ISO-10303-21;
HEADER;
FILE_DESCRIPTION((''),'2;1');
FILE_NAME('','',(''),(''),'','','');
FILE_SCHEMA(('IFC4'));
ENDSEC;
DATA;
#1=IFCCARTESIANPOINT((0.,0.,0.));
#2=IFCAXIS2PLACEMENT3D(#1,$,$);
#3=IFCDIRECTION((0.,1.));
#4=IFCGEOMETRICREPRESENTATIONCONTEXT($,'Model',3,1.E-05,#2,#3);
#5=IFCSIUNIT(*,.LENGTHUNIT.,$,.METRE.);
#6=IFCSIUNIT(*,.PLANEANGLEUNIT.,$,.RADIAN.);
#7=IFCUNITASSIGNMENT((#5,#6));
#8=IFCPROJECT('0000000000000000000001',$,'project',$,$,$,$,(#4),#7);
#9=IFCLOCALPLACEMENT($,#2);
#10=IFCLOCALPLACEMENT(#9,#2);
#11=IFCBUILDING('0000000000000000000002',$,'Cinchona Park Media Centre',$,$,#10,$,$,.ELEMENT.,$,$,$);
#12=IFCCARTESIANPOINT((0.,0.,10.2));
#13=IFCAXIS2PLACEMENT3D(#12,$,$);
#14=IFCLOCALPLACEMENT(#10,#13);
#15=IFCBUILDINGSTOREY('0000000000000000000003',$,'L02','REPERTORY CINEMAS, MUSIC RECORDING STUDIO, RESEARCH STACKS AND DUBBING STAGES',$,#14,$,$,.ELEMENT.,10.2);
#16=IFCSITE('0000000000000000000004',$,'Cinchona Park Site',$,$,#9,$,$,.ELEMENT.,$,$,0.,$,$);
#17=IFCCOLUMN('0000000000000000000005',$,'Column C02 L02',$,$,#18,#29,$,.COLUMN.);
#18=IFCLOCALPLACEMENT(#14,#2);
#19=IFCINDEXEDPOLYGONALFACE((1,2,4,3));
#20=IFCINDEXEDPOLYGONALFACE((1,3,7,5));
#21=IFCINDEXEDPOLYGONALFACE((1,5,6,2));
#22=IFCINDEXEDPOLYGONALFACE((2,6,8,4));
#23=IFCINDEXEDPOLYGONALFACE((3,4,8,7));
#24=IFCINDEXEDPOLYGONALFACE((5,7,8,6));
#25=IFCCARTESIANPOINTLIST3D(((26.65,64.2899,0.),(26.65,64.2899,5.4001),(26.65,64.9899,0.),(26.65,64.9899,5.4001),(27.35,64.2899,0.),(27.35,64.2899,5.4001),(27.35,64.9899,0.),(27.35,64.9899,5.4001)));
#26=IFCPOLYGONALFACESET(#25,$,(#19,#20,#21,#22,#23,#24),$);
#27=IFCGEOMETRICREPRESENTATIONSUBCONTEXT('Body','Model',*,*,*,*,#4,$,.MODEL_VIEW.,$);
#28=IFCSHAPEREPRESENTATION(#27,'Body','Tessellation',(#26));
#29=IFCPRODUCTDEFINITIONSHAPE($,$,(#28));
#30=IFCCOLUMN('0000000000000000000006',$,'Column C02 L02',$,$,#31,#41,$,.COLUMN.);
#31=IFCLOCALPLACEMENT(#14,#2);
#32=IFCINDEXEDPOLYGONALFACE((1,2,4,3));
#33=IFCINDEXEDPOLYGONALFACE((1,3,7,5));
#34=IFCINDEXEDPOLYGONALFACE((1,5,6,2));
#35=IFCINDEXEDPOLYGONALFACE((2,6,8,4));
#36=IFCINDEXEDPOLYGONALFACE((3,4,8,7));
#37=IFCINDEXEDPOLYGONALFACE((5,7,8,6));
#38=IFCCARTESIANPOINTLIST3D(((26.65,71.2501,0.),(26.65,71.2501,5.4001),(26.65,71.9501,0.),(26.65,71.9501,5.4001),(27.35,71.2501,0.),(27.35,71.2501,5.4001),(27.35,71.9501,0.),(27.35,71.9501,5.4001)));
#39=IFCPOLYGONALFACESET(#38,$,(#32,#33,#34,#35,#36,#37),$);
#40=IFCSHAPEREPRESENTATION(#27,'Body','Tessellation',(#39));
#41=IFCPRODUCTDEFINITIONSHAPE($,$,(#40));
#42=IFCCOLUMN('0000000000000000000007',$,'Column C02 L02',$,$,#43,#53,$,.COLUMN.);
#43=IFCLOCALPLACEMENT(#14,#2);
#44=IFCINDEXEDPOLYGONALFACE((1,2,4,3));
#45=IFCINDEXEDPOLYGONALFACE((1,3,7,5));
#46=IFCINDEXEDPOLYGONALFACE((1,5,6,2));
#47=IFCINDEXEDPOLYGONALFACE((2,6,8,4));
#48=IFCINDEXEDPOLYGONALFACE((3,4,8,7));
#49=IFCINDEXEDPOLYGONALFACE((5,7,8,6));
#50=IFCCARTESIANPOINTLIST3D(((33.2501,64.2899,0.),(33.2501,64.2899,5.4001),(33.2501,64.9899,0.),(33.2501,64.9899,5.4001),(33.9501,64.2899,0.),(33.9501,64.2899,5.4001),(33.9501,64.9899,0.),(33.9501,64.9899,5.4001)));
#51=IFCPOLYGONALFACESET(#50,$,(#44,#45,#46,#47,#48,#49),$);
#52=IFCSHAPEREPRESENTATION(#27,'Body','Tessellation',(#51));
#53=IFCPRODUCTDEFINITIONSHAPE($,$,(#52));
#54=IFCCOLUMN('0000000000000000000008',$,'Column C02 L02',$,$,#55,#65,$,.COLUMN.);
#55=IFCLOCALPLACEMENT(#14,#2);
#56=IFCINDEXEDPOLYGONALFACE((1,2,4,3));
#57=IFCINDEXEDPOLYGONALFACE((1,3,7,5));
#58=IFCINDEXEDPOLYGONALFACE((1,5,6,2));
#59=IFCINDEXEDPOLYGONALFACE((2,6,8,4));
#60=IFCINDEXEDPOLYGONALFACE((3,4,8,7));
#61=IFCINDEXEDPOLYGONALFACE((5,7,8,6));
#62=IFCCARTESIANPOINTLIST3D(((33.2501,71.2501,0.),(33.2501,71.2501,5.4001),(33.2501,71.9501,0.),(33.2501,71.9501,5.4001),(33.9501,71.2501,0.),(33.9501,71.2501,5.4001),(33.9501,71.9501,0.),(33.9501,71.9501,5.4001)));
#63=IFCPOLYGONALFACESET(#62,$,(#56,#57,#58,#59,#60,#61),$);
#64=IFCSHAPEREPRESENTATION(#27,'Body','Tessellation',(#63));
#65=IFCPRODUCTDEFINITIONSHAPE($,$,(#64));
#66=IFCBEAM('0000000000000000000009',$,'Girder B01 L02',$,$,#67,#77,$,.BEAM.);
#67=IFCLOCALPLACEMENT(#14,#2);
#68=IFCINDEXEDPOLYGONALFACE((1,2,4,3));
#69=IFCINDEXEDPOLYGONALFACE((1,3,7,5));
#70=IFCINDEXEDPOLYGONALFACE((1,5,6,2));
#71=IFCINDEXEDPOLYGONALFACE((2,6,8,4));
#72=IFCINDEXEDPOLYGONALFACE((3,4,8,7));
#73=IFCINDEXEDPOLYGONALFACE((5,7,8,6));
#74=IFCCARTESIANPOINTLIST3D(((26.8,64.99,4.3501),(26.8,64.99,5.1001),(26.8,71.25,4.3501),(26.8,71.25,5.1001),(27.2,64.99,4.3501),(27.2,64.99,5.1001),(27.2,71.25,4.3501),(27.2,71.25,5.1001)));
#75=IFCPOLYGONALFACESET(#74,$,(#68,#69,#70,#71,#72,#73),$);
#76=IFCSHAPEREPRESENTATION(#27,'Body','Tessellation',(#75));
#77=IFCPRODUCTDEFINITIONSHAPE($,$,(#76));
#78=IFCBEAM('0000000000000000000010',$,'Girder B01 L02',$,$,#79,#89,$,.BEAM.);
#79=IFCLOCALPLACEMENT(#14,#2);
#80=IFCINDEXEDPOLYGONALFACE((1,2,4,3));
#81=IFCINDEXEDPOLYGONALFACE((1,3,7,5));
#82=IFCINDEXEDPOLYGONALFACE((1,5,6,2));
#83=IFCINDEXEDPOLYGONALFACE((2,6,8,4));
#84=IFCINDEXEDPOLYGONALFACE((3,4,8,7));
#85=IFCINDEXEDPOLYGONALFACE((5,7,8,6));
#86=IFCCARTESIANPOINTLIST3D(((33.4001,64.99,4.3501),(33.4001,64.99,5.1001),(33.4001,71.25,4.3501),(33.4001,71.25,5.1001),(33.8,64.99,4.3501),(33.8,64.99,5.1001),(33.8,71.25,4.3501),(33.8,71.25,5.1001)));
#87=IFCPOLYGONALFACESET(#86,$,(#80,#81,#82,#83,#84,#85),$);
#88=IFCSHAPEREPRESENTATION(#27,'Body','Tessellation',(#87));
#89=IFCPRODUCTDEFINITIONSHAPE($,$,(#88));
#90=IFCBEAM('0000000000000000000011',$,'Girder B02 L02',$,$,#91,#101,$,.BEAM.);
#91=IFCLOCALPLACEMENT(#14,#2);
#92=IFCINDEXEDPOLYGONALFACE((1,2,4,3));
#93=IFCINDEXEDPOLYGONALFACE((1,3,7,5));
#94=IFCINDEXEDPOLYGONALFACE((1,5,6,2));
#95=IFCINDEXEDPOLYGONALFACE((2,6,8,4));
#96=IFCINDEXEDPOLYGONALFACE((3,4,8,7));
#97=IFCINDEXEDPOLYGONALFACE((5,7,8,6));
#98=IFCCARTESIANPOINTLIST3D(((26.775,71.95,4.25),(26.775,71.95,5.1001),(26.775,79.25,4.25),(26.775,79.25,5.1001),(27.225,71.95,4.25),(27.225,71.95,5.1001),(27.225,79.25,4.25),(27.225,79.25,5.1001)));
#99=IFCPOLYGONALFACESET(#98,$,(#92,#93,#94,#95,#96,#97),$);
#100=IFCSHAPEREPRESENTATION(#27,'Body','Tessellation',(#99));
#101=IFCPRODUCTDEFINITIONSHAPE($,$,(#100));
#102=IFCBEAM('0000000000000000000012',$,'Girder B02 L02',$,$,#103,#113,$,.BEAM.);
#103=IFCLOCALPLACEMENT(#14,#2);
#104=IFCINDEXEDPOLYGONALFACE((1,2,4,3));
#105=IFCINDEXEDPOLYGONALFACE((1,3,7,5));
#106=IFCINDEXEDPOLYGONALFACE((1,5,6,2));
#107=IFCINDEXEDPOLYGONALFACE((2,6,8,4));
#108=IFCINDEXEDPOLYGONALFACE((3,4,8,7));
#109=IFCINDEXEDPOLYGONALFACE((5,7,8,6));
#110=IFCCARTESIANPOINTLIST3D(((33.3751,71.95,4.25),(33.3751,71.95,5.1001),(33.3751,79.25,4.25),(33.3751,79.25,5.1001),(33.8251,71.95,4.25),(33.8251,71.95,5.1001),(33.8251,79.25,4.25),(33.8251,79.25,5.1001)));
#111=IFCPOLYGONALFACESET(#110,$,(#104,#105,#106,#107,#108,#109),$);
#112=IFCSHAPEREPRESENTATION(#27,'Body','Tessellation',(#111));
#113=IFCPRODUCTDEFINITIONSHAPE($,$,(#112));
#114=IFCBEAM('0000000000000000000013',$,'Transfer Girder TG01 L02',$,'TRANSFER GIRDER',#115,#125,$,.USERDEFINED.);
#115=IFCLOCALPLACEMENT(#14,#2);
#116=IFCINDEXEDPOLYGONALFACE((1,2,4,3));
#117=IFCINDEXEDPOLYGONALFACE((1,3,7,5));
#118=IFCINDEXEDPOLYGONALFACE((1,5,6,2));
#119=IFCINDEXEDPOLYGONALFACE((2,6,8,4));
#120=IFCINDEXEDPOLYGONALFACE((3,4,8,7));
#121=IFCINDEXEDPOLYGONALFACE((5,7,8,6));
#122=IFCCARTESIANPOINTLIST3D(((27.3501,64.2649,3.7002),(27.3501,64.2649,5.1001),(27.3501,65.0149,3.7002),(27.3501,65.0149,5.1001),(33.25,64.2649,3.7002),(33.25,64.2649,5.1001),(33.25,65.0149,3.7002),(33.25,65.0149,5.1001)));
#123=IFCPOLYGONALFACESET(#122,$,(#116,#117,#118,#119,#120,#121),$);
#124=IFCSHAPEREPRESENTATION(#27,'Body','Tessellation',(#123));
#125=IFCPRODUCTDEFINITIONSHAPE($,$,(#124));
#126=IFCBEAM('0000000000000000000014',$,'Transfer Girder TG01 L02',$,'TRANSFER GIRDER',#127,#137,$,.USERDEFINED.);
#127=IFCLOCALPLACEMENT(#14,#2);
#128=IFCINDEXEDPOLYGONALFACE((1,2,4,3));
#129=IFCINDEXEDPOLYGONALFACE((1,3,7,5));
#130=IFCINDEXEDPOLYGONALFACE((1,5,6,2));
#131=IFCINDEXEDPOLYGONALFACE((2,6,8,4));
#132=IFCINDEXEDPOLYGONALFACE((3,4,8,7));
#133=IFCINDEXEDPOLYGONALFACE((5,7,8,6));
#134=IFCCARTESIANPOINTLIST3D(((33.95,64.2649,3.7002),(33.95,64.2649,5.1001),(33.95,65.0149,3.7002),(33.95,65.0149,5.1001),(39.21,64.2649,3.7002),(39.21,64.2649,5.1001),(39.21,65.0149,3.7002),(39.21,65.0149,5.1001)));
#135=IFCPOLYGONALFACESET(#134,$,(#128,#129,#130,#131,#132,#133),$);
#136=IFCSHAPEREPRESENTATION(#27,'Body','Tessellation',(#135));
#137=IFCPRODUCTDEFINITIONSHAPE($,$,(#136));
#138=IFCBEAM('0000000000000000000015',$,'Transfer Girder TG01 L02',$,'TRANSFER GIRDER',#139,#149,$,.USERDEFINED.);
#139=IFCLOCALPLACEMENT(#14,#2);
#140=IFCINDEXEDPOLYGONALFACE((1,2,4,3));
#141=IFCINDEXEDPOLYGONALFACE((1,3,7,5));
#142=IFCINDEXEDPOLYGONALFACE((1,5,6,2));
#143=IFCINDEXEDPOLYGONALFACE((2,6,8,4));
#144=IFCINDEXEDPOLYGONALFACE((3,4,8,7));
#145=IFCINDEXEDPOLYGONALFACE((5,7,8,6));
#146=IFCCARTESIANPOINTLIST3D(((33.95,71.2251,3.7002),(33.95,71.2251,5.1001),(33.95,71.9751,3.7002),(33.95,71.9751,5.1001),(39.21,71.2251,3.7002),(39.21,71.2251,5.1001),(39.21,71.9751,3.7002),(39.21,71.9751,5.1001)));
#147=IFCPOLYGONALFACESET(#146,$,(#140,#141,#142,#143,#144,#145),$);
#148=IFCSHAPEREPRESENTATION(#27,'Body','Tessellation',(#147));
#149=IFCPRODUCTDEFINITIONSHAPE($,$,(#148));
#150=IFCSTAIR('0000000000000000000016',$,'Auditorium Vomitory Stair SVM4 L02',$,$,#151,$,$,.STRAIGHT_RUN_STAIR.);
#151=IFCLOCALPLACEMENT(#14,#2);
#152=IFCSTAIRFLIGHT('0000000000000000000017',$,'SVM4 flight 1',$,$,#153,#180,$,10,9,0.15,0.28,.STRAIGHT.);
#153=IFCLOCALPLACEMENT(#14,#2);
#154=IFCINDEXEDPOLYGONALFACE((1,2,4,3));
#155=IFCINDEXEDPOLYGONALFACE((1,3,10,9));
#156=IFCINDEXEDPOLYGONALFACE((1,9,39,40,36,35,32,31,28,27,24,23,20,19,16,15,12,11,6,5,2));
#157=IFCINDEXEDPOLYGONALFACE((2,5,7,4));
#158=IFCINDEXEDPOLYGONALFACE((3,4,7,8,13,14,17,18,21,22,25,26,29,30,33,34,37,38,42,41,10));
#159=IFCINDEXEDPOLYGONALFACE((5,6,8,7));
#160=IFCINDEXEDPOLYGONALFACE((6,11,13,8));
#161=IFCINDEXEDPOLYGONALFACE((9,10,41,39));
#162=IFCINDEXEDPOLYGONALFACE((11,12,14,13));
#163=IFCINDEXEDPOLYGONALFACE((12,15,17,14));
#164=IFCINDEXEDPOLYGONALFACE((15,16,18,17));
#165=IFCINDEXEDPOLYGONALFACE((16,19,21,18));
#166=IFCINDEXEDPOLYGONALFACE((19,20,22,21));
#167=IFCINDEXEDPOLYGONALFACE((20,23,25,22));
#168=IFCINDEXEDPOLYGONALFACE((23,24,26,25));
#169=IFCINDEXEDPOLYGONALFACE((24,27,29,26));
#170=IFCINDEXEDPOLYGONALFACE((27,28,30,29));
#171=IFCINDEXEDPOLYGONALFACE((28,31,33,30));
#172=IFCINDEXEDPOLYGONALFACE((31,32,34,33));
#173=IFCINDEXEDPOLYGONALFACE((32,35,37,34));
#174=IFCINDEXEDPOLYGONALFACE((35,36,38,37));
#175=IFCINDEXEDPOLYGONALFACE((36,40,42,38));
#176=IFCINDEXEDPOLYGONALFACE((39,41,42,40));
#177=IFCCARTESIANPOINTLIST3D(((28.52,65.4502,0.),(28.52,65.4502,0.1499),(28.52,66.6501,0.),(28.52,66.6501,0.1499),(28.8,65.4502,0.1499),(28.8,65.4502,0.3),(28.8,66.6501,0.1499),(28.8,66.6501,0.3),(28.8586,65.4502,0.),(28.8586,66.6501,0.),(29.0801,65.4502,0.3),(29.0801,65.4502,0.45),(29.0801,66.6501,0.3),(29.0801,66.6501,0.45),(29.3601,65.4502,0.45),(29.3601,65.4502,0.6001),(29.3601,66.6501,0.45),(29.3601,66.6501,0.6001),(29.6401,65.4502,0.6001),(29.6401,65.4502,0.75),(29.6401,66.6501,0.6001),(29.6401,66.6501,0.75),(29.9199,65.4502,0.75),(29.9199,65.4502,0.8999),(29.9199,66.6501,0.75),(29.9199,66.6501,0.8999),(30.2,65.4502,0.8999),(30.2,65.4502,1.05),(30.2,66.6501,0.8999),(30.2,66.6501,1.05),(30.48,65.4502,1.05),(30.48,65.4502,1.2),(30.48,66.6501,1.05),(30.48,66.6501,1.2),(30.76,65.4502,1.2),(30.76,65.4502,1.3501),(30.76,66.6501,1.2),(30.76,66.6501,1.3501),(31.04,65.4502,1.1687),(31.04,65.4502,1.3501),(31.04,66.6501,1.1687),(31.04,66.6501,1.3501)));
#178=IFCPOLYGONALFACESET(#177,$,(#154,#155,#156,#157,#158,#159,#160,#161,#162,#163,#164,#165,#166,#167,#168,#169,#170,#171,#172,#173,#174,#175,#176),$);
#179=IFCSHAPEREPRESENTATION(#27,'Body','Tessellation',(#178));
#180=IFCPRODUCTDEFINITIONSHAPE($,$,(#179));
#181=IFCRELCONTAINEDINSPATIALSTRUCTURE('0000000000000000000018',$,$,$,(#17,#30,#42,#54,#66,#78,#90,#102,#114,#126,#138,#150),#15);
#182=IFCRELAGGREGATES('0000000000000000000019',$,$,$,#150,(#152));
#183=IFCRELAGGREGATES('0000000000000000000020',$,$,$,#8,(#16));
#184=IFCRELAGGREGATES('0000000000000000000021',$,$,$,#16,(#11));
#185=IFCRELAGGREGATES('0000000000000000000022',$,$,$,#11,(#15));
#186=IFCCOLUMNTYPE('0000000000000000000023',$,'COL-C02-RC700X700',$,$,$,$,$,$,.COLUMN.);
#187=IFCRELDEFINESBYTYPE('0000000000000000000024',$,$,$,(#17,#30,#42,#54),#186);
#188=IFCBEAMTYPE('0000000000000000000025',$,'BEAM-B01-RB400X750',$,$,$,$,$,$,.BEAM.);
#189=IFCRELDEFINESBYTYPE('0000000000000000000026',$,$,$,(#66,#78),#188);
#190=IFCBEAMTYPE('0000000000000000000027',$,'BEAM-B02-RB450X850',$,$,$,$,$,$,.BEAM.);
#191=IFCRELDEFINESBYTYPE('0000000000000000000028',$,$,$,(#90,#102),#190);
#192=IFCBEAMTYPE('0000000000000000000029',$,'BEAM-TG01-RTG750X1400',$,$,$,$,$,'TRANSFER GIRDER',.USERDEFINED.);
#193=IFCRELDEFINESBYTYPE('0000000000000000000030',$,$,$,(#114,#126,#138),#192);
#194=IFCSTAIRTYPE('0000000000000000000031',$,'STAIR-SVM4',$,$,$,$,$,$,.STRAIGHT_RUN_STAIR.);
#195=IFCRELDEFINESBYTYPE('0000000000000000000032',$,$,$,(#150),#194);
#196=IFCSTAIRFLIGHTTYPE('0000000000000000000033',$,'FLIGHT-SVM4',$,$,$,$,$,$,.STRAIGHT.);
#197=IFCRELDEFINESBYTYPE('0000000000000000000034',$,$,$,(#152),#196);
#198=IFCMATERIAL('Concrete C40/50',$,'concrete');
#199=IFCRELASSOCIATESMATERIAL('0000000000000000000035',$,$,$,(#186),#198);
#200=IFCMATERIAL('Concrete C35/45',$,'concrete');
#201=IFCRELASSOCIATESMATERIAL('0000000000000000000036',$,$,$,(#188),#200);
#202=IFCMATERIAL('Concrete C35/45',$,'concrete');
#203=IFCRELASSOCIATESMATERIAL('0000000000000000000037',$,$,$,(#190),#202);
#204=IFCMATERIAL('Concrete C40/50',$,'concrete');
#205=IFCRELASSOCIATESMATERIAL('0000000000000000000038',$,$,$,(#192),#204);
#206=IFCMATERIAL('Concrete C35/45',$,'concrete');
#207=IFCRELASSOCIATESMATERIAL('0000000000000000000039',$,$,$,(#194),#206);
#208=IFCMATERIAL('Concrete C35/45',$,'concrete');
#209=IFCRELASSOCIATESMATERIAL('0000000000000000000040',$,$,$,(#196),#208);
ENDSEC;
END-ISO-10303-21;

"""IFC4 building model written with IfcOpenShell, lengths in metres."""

from ifc_helpers import new_model, si_unit, direction, frame, origin, origin_2d, place, context, subcontext, project, spatial, polyline, rectangle, outline, extrude, material, material_profile, profile_set, type_object, element, aggregate, save


model = new_model("IFC4")

# Units and contexts
model_context = context("Model", 3, precision=1e-05, world=origin(), true_north=direction((0.0, 1.0)))
body_context = subcontext(model_context, "Body", "Model", "MODEL_VIEW")
ifc_project = project(units=[si_unit("LENGTHUNIT", "METRE"), si_unit("PLANEANGLEUNIT", "RADIAN")], contexts=[model_context])

# Site, building, storey
site_placement = place(None, origin())
site = spatial("IfcSite", under=ifc_project, at=site_placement, Name="Cinchona Park Site", CompositionType="ELEMENT", RefElevation=0.0)
building_placement = place(site_placement, origin())
building = spatial("IfcBuilding", under=site, at=building_placement, Name="Cinchona Park Media Centre", CompositionType="ELEMENT")
storey_placement = place(building_placement, frame((0.0, 0.0, 10.2)))
storey = spatial("IfcBuildingStorey", under=building, at=storey_placement, Name="L02", Description="REPERTORY CINEMAS, MUSIC RECORDING STUDIO, RESEARCH STACKS AND DUBBING STAGES", CompositionType="ELEMENT", Elevation=10.2)

# Columns
ifc_material_1 = material(Name="Concrete C40/50", Category="concrete")
ifc_material_profile_1 = material_profile(ifc_material_1, rectangle(XDim=0.7, YDim=0.7, at=origin_2d()), Name="RC 700X700")
ifc_profile_set_1 = profile_set([ifc_material_profile_1], Name="Concrete C40/50")
column_type = type_object("IfcColumnType", Name="COL-C02-RC700X700", PredefinedType="COLUMN", material=ifc_profile_set_1)
for number, where, z_axis, x_axis, name in (
    (1, (27.0, 64.6399, 0.0), (0.0, 0.0, 1.0), (1.0, 0.0, 0.0), "Column C02 L02"),
    (2, (27.0, 71.6001, 0.0), (0.0, 0.0, 1.0), (1.0, 0.0, 0.0), "Column C02 L02"),
    (3, (33.6001, 64.6399, 0.0), (0.0, 0.0, 1.0), (1.0, 0.0, 0.0), "Column C02 L02"),
    (4, (33.6001, 71.6001, 0.0), (0.0, 0.0, 1.0), (1.0, 0.0, 0.0), "Column C02 L02"),
):
    element("IfcColumn", number, at=place(storey_placement, frame(where, z_axis=z_axis, x_axis=x_axis)), inside=storey, type_object=column_type, Name=name, PredefinedType="COLUMN", context=body_context, shape_type="SweptSolid", body=[
        extrude(rectangle(XDim=0.7, YDim=0.7, at=origin_2d()), origin(), (0.0, 0.0, 1.0), 5.4001),
    ])

# Beams
ifc_material_2 = material(Name="Concrete C35/45", Category="concrete")
ifc_material_profile_2 = material_profile(ifc_material_2, rectangle(XDim=0.3999, YDim=0.75, at=origin_2d()), Name="RB 400X750")
ifc_profile_set_2 = profile_set([ifc_material_profile_2], Name="Concrete C35/45")
beam_type_1 = type_object("IfcBeamType", Name="BEAM-B01-RB400X750", PredefinedType="BEAM", material=ifc_profile_set_2)
for number, where, z_axis, x_axis, name in (
    (5, (27.0, 64.99, 4.7251), (0.0, 1.0, 0.0), (-1.0, 0.0, 0.0), "Girder B01 L02"),
    (6, (33.6001, 64.99, 4.7251), (0.0, 1.0, 0.0), (-1.0, 0.0, 0.0), "Girder B01 L02"),
):
    element("IfcBeam", number, at=place(storey_placement, frame(where, z_axis=z_axis, x_axis=x_axis)), inside=storey, type_object=beam_type_1, Name=name, PredefinedType="BEAM", context=body_context, shape_type="SweptSolid", body=[
        extrude(rectangle(XDim=0.3999, YDim=0.75, at=origin_2d()), origin(), (0.0, 0.0, 1.0), 6.26),
    ])
ifc_material_3 = material(Name="Concrete C35/45", Category="concrete")
ifc_material_profile_3 = material_profile(ifc_material_3, rectangle(XDim=0.45, YDim=0.8501, at=origin_2d()), Name="RB 450X850")
ifc_profile_set_3 = profile_set([ifc_material_profile_3], Name="Concrete C35/45")
beam_type_2 = type_object("IfcBeamType", Name="BEAM-B02-RB450X850", PredefinedType="BEAM", material=ifc_profile_set_3)
for number, where, z_axis, x_axis, name in (
    (7, (27.0, 71.95, 4.675), (0.0, 1.0, 0.0), (-1.0, 0.0, 0.0), "Girder B02 L02"),
    (8, (33.6001, 71.95, 4.675), (0.0, 1.0, 0.0), (-1.0, 0.0, 0.0), "Girder B02 L02"),
):
    element("IfcBeam", number, at=place(storey_placement, frame(where, z_axis=z_axis, x_axis=x_axis)), inside=storey, type_object=beam_type_2, Name=name, PredefinedType="BEAM", context=body_context, shape_type="SweptSolid", body=[
        extrude(rectangle(XDim=0.45, YDim=0.8501, at=origin_2d()), origin(), (0.0, 0.0, 1.0), 7.3),
    ])
ifc_material_4 = material(Name="Concrete C40/50", Category="concrete")
ifc_material_profile_4 = material_profile(ifc_material_4, rectangle(XDim=0.75, YDim=1.3999, at=origin_2d()), Name="RTG 750X1400")
ifc_profile_set_4 = profile_set([ifc_material_profile_4], Name="Concrete C40/50")
beam_type_3 = type_object("IfcBeamType", Name="BEAM-TG01-RTG750X1400", ElementType="TRANSFER GIRDER", PredefinedType="USERDEFINED", material=ifc_profile_set_4)
beam_placement = place(storey_placement, frame((27.3501, 64.6399, 4.4001), z_axis=(1.0, 0.0, 0.0), x_axis=(0.0, 1.0, 0.0)))
element("IfcBeam", 9, at=beam_placement, inside=storey, type_object=beam_type_3, Name="Transfer Girder TG01 L02", ObjectType="TRANSFER GIRDER", PredefinedType="USERDEFINED", context=body_context, shape_type="SweptSolid", body=[
    extrude(rectangle(XDim=0.75, YDim=1.3999, at=origin_2d()), origin(), (0.0, 0.0, 1.0), 5.8999),
])
for number, where, z_axis, x_axis, name in (
    (10, (33.95, 64.6399, 4.4001), (1.0, 0.0, 0.0), (0.0, 1.0, 0.0), "Transfer Girder TG01 L02"),
    (11, (33.95, 71.6001, 4.4001), (1.0, 0.0, 0.0), (0.0, 1.0, 0.0), "Transfer Girder TG01 L02"),
):
    element("IfcBeam", number, at=place(storey_placement, frame(where, z_axis=z_axis, x_axis=x_axis)), inside=storey, type_object=beam_type_3, Name=name, ObjectType="TRANSFER GIRDER", PredefinedType="USERDEFINED", context=body_context, shape_type="SweptSolid", body=[
        extrude(rectangle(XDim=0.75, YDim=1.3999, at=origin_2d()), origin(), (0.0, 0.0, 1.0), 5.26),
    ])

# Stair, stair flight
ifc_material_5 = material(Name="Concrete C35/45", Category="concrete")
stair_type = type_object("IfcStairType", Name="STAIR-SVM4", PredefinedType="STRAIGHT_RUN_STAIR", material=ifc_material_5)
stair_placement = place(storey_placement, origin())
stair = element("IfcStair", 12, at=stair_placement, inside=storey, type_object=stair_type, Name="Auditorium Vomitory Stair SVM4 L02", PredefinedType="STRAIGHT_RUN_STAIR")
ifc_material_6 = material(Name="Concrete C35/45", Category="concrete")
stair_flight_type = type_object("IfcStairFlightType", Name="FLIGHT-SVM4", PredefinedType="STRAIGHT", material=ifc_material_6)
stair_flight_placement = place(storey_placement, frame((28.52, 66.05, 0.0), z_axis=(0.0, 0.0, 1.0), x_axis=(1.0, 0.0, 0.0)))
stair_flight = element("IfcStairFlight", 13, at=stair_flight_placement, type_object=stair_flight_type, Name="SVM4 flight 1", NumberOfRisers=10, NumberOfTreads=9, PredefinedType="STRAIGHT", RiserHeight=0.15, TreadLength=0.28, context=body_context, shape_type="SweptSolid", body=[
    extrude(outline(polyline([(0.0, 0.0), (0.0, 0.1499), (0.28, 0.1499), (0.28, 0.3), (0.5601, 0.3), (0.5601, 0.45), (0.8401, 0.45), (0.8401, 0.6001), (1.1201, 0.6001), (1.1201, 0.75), (1.3999, 0.75), (1.3999, 0.8999), (1.6799, 0.8999), (1.6799, 1.05), (1.96, 1.05), (1.96, 1.2), (2.24, 1.2), (2.24, 1.3501), (2.52, 1.3501), (2.52, 1.5), (2.52, 1.1687), (0.3386, 0.0), (0.0, 0.0)])), frame((0.0, 0.6001, 0.0), z_axis=(0.0, -1.0, 0.0), x_axis=(1.0, 0.0, 0.0)), (0.0, 0.0, 1.0), 1.2),
])
aggregate(stair, [stair_flight])

save(model, "model.ifc")
